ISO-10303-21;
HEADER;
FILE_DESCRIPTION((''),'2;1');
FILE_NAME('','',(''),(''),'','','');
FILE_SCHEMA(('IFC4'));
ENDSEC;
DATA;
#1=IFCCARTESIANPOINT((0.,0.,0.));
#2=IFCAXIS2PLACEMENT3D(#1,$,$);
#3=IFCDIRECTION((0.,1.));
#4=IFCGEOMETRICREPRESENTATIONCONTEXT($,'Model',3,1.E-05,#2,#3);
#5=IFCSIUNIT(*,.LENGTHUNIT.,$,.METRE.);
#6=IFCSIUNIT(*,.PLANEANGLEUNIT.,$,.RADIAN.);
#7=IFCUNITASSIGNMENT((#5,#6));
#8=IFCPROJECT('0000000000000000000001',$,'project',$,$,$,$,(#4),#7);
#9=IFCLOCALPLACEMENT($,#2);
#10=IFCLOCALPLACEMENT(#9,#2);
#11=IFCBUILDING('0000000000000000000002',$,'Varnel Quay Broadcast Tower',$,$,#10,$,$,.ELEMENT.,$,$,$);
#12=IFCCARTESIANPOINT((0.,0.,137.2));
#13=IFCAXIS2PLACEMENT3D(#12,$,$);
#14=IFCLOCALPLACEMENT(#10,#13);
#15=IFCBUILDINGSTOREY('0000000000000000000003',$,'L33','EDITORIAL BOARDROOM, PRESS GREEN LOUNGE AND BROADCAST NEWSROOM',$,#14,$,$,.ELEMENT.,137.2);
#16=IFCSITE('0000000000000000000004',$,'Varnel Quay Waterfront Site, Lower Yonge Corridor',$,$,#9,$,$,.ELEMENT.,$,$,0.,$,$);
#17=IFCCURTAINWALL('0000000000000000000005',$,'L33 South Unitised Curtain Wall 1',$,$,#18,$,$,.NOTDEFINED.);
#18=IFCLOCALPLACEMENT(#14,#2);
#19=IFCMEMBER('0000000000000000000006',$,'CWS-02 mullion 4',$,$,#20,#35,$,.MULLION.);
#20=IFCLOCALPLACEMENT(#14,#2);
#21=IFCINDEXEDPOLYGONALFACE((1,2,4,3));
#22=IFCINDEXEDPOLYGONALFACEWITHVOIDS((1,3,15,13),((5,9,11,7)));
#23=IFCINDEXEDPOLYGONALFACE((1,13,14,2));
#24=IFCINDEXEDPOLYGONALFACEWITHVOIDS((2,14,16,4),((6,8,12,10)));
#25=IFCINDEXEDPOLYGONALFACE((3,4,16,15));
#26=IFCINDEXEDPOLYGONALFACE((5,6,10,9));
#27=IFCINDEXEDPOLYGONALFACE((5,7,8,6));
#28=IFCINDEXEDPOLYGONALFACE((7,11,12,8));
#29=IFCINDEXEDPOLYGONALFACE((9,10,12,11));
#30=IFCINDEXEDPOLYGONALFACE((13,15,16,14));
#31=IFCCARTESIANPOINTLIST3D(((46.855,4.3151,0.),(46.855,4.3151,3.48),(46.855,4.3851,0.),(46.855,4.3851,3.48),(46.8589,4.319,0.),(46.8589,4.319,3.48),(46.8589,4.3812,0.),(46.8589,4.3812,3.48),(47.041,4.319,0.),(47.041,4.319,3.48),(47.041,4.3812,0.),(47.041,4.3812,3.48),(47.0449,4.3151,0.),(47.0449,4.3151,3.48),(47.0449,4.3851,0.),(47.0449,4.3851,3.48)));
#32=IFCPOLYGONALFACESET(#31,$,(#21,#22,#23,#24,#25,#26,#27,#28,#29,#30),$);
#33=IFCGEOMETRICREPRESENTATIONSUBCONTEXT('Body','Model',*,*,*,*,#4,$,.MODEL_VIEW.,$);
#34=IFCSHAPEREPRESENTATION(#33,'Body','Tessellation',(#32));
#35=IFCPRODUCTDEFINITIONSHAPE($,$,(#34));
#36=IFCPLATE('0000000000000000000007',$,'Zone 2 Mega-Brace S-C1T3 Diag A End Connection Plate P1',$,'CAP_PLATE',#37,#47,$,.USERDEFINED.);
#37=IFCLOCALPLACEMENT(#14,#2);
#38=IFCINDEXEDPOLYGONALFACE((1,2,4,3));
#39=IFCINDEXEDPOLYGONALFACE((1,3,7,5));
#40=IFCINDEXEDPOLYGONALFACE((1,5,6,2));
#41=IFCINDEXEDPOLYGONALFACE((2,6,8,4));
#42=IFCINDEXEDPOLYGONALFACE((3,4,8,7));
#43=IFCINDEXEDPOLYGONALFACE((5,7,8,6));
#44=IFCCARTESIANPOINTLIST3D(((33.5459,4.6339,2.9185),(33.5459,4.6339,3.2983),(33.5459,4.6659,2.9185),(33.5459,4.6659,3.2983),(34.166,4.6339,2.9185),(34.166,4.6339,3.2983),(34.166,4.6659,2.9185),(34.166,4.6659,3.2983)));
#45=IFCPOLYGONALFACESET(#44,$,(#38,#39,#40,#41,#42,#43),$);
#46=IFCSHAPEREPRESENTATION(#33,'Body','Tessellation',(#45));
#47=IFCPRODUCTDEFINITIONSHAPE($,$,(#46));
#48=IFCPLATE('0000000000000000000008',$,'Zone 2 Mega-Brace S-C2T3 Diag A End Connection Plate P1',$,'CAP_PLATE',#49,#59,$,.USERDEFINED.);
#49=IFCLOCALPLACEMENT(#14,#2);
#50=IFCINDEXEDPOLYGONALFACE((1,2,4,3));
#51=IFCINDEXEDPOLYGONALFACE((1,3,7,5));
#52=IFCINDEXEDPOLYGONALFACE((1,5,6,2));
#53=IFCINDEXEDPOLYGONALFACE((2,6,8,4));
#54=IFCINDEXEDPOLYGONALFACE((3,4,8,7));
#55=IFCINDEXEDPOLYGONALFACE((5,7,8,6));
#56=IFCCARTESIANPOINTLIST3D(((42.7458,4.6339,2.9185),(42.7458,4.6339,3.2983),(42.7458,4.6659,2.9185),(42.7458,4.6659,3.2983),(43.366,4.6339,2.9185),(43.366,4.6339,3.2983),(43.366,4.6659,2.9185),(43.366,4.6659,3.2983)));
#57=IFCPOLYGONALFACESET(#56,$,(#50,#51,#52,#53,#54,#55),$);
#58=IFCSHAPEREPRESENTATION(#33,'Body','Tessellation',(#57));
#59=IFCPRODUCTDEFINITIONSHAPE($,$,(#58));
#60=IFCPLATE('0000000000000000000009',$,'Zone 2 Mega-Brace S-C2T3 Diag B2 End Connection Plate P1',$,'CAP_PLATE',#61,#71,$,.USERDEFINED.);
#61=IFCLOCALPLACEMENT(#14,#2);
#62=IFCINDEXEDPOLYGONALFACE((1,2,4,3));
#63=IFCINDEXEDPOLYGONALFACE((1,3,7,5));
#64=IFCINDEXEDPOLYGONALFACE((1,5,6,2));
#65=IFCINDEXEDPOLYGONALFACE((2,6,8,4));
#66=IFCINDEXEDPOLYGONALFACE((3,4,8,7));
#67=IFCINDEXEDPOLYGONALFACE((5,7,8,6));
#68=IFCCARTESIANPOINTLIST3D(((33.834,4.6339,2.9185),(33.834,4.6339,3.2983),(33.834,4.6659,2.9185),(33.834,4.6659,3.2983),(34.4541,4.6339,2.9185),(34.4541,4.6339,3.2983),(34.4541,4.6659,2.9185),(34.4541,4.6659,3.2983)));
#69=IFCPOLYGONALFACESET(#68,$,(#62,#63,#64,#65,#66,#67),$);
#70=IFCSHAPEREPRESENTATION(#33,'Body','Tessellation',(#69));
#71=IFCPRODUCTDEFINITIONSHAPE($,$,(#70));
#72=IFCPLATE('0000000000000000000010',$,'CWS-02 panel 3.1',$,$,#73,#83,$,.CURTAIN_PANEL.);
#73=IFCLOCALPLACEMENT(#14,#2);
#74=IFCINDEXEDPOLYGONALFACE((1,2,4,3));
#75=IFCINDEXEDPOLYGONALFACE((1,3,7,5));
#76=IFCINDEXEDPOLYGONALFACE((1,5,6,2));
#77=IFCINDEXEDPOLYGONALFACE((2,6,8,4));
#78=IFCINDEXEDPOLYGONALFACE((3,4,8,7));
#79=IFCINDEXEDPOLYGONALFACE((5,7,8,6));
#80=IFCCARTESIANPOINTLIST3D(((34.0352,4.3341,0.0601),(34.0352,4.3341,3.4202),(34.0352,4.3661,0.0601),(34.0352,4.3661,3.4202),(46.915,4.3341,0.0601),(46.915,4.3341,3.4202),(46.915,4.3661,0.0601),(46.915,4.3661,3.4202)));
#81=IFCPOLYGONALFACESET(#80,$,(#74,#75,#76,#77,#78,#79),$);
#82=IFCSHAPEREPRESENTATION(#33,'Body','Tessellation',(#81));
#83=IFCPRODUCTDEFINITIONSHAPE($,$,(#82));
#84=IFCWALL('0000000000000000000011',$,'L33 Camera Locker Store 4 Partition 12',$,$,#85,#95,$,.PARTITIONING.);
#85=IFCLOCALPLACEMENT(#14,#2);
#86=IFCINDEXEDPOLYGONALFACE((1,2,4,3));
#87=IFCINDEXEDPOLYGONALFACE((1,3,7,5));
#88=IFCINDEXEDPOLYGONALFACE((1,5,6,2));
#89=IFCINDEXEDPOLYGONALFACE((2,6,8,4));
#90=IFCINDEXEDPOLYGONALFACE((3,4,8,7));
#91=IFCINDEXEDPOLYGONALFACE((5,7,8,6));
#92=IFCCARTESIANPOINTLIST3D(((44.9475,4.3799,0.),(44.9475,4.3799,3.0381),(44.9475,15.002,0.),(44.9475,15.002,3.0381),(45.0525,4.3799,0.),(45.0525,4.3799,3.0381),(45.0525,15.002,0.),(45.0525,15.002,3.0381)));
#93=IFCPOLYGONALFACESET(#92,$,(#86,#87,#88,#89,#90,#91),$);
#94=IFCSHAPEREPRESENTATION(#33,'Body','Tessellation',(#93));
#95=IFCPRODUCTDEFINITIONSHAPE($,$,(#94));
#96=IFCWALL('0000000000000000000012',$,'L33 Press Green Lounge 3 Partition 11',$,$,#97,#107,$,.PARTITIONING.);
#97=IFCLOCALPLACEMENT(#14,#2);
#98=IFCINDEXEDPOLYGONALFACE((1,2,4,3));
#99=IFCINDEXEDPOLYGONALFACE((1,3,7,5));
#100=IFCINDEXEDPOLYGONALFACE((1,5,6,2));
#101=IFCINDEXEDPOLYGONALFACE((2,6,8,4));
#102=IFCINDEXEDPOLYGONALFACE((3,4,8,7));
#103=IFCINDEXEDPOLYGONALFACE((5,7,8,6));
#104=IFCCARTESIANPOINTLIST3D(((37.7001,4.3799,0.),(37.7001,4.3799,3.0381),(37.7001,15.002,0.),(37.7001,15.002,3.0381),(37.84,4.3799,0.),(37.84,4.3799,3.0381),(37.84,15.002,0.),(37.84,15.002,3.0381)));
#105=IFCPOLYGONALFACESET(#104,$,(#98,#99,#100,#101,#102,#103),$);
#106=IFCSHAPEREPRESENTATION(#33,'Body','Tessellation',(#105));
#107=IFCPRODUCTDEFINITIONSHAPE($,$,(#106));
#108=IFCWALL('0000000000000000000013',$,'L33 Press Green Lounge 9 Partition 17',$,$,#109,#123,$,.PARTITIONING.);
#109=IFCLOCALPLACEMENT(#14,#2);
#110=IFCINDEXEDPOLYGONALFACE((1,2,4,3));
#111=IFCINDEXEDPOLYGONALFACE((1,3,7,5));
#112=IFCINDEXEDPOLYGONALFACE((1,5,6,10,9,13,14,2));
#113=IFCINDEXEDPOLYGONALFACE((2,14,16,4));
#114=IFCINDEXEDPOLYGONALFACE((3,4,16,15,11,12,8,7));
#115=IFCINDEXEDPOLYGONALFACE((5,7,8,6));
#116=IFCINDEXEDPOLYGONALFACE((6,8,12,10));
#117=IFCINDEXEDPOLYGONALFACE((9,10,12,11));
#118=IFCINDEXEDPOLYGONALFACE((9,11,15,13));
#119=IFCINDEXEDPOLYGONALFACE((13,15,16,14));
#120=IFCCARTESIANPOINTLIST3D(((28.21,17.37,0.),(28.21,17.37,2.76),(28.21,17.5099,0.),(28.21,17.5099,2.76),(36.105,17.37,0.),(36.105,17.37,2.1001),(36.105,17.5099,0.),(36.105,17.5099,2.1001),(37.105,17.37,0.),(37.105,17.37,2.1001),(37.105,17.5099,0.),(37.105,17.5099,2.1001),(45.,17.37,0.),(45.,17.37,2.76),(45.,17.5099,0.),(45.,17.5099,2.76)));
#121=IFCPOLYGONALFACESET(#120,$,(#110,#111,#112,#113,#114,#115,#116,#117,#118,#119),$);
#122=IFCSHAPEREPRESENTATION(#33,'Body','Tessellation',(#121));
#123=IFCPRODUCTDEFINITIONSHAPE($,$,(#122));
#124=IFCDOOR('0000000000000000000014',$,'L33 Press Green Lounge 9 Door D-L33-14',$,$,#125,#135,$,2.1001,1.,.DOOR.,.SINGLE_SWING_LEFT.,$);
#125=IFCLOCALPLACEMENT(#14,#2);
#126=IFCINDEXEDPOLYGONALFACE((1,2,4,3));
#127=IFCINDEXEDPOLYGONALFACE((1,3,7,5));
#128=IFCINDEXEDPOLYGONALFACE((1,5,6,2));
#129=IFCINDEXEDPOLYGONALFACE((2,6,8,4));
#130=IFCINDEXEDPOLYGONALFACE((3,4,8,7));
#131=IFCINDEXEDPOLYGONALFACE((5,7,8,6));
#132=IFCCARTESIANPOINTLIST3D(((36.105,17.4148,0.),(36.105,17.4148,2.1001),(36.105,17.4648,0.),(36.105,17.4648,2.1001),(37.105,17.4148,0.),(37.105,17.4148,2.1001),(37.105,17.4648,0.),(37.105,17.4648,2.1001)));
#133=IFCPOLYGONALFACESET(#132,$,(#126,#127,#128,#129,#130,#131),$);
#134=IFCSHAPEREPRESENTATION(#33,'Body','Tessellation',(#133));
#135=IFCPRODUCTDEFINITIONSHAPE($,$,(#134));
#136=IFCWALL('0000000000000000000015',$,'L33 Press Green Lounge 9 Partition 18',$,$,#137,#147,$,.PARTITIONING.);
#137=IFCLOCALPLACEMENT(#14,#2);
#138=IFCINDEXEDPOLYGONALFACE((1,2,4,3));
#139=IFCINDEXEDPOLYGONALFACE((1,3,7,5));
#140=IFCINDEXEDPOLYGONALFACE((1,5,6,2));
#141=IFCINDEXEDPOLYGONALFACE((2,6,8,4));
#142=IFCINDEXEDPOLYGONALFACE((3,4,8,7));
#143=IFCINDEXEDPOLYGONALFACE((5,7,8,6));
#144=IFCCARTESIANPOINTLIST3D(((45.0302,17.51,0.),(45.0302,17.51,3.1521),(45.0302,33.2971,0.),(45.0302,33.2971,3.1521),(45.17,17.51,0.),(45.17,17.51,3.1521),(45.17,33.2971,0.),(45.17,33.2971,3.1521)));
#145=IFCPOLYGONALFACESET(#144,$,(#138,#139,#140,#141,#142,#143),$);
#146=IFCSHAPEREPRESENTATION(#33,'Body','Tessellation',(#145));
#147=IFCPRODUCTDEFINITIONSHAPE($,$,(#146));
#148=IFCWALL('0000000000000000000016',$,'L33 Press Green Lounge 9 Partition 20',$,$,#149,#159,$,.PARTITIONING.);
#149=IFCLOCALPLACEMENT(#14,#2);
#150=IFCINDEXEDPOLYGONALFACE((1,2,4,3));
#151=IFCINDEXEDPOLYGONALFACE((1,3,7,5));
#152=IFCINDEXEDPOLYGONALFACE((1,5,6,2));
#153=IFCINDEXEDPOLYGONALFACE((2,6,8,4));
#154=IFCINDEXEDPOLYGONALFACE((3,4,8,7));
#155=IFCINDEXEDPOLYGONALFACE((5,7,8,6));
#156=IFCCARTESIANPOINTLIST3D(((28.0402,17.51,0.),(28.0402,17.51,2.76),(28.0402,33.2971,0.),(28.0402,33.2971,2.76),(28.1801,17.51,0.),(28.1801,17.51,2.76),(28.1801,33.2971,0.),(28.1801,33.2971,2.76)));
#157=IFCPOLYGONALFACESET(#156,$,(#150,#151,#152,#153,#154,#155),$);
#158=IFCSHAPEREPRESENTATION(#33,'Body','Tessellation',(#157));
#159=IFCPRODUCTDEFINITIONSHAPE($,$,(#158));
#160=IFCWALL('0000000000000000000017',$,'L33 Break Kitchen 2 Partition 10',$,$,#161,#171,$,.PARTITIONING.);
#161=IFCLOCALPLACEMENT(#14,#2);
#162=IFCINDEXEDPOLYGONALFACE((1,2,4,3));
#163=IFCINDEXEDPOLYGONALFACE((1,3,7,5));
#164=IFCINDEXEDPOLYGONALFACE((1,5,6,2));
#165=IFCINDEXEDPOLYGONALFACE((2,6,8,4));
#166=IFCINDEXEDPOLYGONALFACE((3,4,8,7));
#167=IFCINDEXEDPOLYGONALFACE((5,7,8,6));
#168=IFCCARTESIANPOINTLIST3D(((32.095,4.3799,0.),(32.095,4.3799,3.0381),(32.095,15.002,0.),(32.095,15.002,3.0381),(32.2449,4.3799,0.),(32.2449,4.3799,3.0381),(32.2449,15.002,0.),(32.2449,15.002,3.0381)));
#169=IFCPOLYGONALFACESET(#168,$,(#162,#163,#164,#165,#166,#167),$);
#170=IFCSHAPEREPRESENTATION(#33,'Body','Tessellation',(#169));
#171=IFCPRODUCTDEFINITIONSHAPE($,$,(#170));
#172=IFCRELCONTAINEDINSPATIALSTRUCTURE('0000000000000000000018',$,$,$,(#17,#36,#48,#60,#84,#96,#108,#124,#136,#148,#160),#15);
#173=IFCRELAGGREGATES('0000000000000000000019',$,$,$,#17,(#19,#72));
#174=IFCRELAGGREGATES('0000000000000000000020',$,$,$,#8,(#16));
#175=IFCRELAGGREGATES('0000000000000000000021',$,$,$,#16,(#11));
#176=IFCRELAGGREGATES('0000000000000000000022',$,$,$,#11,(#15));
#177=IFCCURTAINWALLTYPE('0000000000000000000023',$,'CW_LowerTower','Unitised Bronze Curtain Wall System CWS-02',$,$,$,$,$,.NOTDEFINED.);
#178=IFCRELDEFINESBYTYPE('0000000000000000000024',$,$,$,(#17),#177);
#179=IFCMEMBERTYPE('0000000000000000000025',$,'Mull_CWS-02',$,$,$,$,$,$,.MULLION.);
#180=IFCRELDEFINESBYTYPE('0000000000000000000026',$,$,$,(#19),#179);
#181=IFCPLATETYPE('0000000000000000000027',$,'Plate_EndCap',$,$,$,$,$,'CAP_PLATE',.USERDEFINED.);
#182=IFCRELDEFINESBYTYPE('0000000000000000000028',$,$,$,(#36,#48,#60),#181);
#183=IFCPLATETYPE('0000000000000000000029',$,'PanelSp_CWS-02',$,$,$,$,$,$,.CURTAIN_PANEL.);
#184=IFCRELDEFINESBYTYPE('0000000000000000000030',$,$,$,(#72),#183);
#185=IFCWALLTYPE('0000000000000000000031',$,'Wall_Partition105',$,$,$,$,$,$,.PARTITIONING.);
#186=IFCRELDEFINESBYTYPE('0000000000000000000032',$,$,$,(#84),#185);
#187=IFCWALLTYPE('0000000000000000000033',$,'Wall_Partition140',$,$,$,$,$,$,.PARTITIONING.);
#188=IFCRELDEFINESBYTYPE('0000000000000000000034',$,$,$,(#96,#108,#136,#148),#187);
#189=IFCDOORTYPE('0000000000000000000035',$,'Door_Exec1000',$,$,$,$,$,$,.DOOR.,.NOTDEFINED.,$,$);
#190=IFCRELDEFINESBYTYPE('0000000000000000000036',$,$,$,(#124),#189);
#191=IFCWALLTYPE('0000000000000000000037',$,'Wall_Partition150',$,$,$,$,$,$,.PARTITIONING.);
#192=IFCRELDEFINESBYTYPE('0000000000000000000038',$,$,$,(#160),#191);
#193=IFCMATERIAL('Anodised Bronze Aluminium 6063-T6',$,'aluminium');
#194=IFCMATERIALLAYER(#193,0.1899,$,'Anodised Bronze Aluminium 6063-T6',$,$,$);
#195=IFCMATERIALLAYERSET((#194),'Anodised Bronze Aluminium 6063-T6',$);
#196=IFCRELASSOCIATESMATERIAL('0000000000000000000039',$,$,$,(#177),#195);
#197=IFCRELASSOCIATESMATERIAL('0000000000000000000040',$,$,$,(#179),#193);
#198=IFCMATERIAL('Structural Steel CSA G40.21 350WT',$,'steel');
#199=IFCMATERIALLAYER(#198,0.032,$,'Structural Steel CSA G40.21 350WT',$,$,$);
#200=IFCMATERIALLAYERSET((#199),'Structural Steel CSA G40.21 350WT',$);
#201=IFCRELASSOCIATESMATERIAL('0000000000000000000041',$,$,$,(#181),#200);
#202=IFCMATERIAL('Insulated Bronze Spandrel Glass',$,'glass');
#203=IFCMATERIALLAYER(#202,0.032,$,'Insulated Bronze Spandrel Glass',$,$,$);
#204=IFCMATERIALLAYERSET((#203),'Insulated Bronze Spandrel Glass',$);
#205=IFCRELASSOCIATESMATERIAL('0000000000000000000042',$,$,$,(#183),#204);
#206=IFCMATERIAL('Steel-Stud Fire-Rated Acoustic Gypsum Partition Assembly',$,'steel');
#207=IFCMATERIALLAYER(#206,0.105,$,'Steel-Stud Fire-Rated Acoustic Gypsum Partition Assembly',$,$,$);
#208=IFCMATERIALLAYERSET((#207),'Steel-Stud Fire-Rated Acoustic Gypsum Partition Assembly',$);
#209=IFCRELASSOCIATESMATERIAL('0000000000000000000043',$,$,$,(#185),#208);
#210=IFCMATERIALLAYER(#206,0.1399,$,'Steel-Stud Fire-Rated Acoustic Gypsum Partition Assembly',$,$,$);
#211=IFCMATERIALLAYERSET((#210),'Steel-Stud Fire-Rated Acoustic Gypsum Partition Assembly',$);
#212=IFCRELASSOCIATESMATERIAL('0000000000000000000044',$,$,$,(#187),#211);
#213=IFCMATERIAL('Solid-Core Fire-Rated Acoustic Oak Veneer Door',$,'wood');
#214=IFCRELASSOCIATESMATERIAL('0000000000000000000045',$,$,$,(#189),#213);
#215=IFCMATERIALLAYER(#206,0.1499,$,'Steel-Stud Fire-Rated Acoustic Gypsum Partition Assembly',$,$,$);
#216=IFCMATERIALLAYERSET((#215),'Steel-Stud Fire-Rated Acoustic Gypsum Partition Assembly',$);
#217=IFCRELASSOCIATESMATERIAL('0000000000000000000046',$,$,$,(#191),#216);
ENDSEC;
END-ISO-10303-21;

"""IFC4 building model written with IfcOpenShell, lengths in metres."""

from ifc_helpers import new_model, si_unit, direction, frame, frame_2d, origin, origin_2d, place, context, subcontext, project, spatial, rectangle, hollow_rectangle, extrude, source, transform, mapped, material, layer, layer_set, material_profile, profile_set, type_object, type_shapes, element, fill, aggregate, save


model = new_model("IFC4")

# Units and contexts
model_context = context("Model", 3, precision=1e-05, world=origin(), true_north=direction((0.0, 1.0)))
body_context = subcontext(model_context, "Body", "Model", "MODEL_VIEW")
ifc_project = project(units=[si_unit("LENGTHUNIT", "METRE"), si_unit("PLANEANGLEUNIT", "RADIAN")], contexts=[model_context])

# Site, building, storey
site_placement = place(None, origin())
site = spatial("IfcSite", under=ifc_project, at=site_placement, Name="Varnel Quay Waterfront Site, Lower Yonge Corridor", CompositionType="ELEMENT", RefElevation=0.0)
building_placement = place(site_placement, origin())
building = spatial("IfcBuilding", under=site, at=building_placement, Name="Varnel Quay Broadcast Tower", CompositionType="ELEMENT")
storey_placement = place(building_placement, frame((0.0, 0.0, 137.2)))
storey = spatial("IfcBuildingStorey", under=building, at=storey_placement, Name="L33", Description="EDITORIAL BOARDROOM, PRESS GREEN LOUNGE AND BROADCAST NEWSROOM", CompositionType="ELEMENT", Elevation=137.2)

# Curtain wall, member
ifc_material_1 = material(Name="Anodised Bronze Aluminium 6063-T6", Category="aluminium")
ifc_layer_1 = layer(ifc_material_1, 0.1899, Name="Anodised Bronze Aluminium 6063-T6")
ifc_layer_set_1 = layer_set([ifc_layer_1], Name="Anodised Bronze Aluminium 6063-T6")
curtain_wall_type = type_object("IfcCurtainWallType", Name="CW_LowerTower", Description="Unitised Bronze Curtain Wall System CWS-02", PredefinedType="NOTDEFINED", material=ifc_layer_set_1)
curtain_wall_placement = place(storey_placement, origin())
curtain_wall = element("IfcCurtainWall", 1, at=curtain_wall_placement, inside=storey, type_object=curtain_wall_type, Name="L33 South Unitised Curtain Wall 1", PredefinedType="NOTDEFINED")
ifc_material_profile_1 = material_profile(ifc_material_1, hollow_rectangle(XDim=0.0701, YDim=0.1899, WallThickness=0.0039, at=origin_2d()), Name="ALU70X190X4")
ifc_profile_set_1 = profile_set([ifc_material_profile_1], Name="Anodised Bronze Aluminium 6063-T6")
member_type_1 = type_object("IfcMemberType", Name="Mull_CWS-02", PredefinedType="MULLION", material=ifc_profile_set_1)
shared_shape_1 = source(origin(), body_context, "Body", "SweptSolid", [
    extrude(hollow_rectangle(XDim=0.0701, YDim=0.1899, WallThickness=0.0039, at=origin_2d()), origin(), (0.0, 0.0, 1.0), 3.48),
])
type_shapes(member_type_1, [shared_shape_1])
member_1_placement = place(storey_placement, frame((46.95, 4.3501, 0.0), z_axis=(0.0, 0.0, 1.0), x_axis=(0.0, 1.0, 0.0)))
member_1 = element("IfcMember", 2, at=member_1_placement, type_object=member_type_1, Name="CWS-02 mullion 4", PredefinedType="MULLION", context=body_context, shape_type="MappedRepresentation", body=[
    mapped(shared_shape_1, transform((0.0, 0.0, 0.0), x_axis=(1.0, 0.0, 0.0), y_axis=(0.0, 1.0, 0.0), z_axis=(0.0, 0.0, 1.0), scale=1.0)),
])

# Plates
ifc_material_2 = material(Name="Structural Steel CSA G40.21 350WT", Category="steel")
ifc_layer_2 = layer(ifc_material_2, 0.032, Name="Structural Steel CSA G40.21 350WT")
ifc_layer_set_2 = layer_set([ifc_layer_2], Name="Structural Steel CSA G40.21 350WT")
plate_type_1 = type_object("IfcPlateType", Name="Plate_EndCap", ElementType="CAP_PLATE", PredefinedType="USERDEFINED", material=ifc_layer_set_2)
shared_shape_2 = source(origin(), body_context, "Body", "SweptSolid", [
    extrude(rectangle(XDim=0.6201, YDim=0.032, at=origin_2d()), origin(), (0.0, 0.0, 1.0), 0.3799),
])
type_shapes(plate_type_1, [shared_shape_2])
for number, where, z_axis, x_axis, name in (
    (3, (33.856, 4.6499, 2.9185), (0.0, 0.0, 1.0), (1.0, 0.0, 0.0), "Zone 2 Mega-Brace S-C1T3 Diag A End Connection Plate P1"),
    (4, (43.0559, 4.6499, 2.9185), (0.0, 0.0, 1.0), (1.0, 0.0, 0.0), "Zone 2 Mega-Brace S-C2T3 Diag A End Connection Plate P1"),
    (5, (34.144, 4.6499, 2.9185), (0.0, 0.0, 1.0), (1.0, 0.0, 0.0), "Zone 2 Mega-Brace S-C2T3 Diag B2 End Connection Plate P1"),
):
    element("IfcPlate", number, at=place(storey_placement, frame(where, z_axis=z_axis, x_axis=x_axis)), inside=storey, type_object=plate_type_1, Name=name, ObjectType="CAP_PLATE", PredefinedType="USERDEFINED", context=body_context, shape_type="MappedRepresentation", body=[
        mapped(shared_shape_2, transform((0.0, 0.0, 0.0), x_axis=(1.0, 0.0, 0.0), y_axis=(0.0, 1.0, 0.0), z_axis=(0.0, 0.0, 1.0), scale=1.0)),
    ])

# Plate
ifc_material_3 = material(Name="Insulated Bronze Spandrel Glass", Category="glass")
ifc_layer_3 = layer(ifc_material_3, 0.032, Name="Insulated Bronze Spandrel Glass")
ifc_layer_set_3 = layer_set([ifc_layer_3], Name="Insulated Bronze Spandrel Glass")
plate_type_2 = type_object("IfcPlateType", Name="PanelSp_CWS-02", PredefinedType="CURTAIN_PANEL", material=ifc_layer_set_3)
shared_shape_3 = source(origin(), body_context, "Body", "SweptSolid", [
    extrude(rectangle(XDim=12.8799, YDim=0.032, at=origin_2d()), origin(), (0.0, 0.0, 1.0), 3.3601),
])
type_shapes(plate_type_2, [shared_shape_3])
plate_placement = place(storey_placement, frame((40.4751, 4.3501, 0.0601), z_axis=(0.0, 0.0, 1.0), x_axis=(1.0, 0.0, 0.0)))
plate = element("IfcPlate", 6, at=plate_placement, type_object=plate_type_2, Name="CWS-02 panel 3.1", PredefinedType="CURTAIN_PANEL", context=body_context, shape_type="MappedRepresentation", body=[
    mapped(shared_shape_3, transform((0.0, 0.0, 0.0), x_axis=(1.0, 0.0, 0.0), y_axis=(0.0, 1.0, 0.0), z_axis=(0.0, 0.0, 1.0), scale=1.0)),
])
aggregate(curtain_wall, [member_1, plate])

# Walls
ifc_material_4 = material(Name="Steel-Stud Fire-Rated Acoustic Gypsum Partition Assembly", Category="steel")
ifc_layer_4 = layer(ifc_material_4, 0.105, Name="Steel-Stud Fire-Rated Acoustic Gypsum Partition Assembly")
ifc_layer_set_4 = layer_set([ifc_layer_4], Name="Steel-Stud Fire-Rated Acoustic Gypsum Partition Assembly")
wall_type_1 = type_object("IfcWallType", Name="Wall_Partition105", PredefinedType="PARTITIONING", material=ifc_layer_set_4)
wall_1_placement = place(storey_placement, frame((45.0, 4.3799, 0.0), z_axis=(0.0, 0.0, 1.0), x_axis=(0.0, 1.0, 0.0)))
element("IfcWall", 7, at=wall_1_placement, inside=storey, type_object=wall_type_1, Name="L33 Camera Locker Store 4 Partition 12", PredefinedType="PARTITIONING", context=body_context, shape_type="SweptSolid", body=[
    extrude(rectangle(XDim=10.6221, YDim=0.105, at=frame_2d((5.311, 0.0))), origin(), (0.0, 0.0, 1.0), 3.0381),
])
ifc_layer_5 = layer(ifc_material_4, 0.1399, Name="Steel-Stud Fire-Rated Acoustic Gypsum Partition Assembly")
ifc_layer_set_5 = layer_set([ifc_layer_5], Name="Steel-Stud Fire-Rated Acoustic Gypsum Partition Assembly")
wall_type_2 = type_object("IfcWallType", Name="Wall_Partition140", PredefinedType="PARTITIONING", material=ifc_layer_set_5)
wall_2_placement = place(storey_placement, frame((37.77, 4.3799, 0.0), z_axis=(0.0, 0.0, 1.0), x_axis=(0.0, 1.0, 0.0)))
element("IfcWall", 8, at=wall_2_placement, inside=storey, type_object=wall_type_2, Name="L33 Press Green Lounge 3 Partition 11", PredefinedType="PARTITIONING", context=body_context, shape_type="SweptSolid", body=[
    extrude(rectangle(XDim=10.6221, YDim=0.1399, at=frame_2d((5.311, 0.0))), origin(), (0.0, 0.0, 1.0), 3.0381),
])

# Wall, opening, door
wall_3_placement = place(storey_placement, frame((28.21, 17.4399, 0.0), z_axis=(0.0, 0.0, 1.0), x_axis=(1.0, 0.0, 0.0)))
wall_3 = element("IfcWall", 9, at=wall_3_placement, inside=storey, type_object=wall_type_2, Name="L33 Press Green Lounge 9 Partition 17", PredefinedType="PARTITIONING", context=body_context, shape_type="SweptSolid", body=[
    extrude(rectangle(XDim=16.79, YDim=0.1399, at=frame_2d((8.395, 0.0))), origin(), (0.0, 0.0, 1.0), 2.76),
])
opening_placement = place(wall_3_placement, frame((7.895, 0.0, 0.0)))
opening = element("IfcOpeningElement", 10, at=opening_placement, cuts=wall_3, PredefinedType="OPENING", context=body_context, shape_type="SweptSolid", body=[
    extrude(rectangle(XDim=1.0, YDim=2.1001, at=frame_2d((0.5, 1.05))), frame((0.0, 0.0801, 0.0), z_axis=(0.0, -1.0, 0.0), x_axis=(1.0, 0.0, 0.0)), (0.0, 0.0, 1.0), 0.1599),
])
ifc_material_5 = material(Name="Solid-Core Fire-Rated Acoustic Oak Veneer Door", Category="wood")
door_type = type_object("IfcDoorType", Name="Door_Exec1000", OperationType="NOTDEFINED", PredefinedType="DOOR", material=ifc_material_5)
shared_shape_4 = source(origin(), body_context, "Body", "SweptSolid", [
    extrude(rectangle(XDim=1.0, YDim=2.1001, at=frame_2d((0.5, 1.05))), frame((0.0, 0.0249, 0.0), z_axis=(0.0, -1.0, 0.0), x_axis=(1.0, 0.0, 0.0)), (0.0, 0.0, 1.0), 0.05),
])
type_shapes(door_type, [shared_shape_4])
door_placement = place(opening_placement, origin())
door = element("IfcDoor", 11, at=door_placement, inside=storey, type_object=door_type, Name="L33 Press Green Lounge 9 Door D-L33-14", OperationType="SINGLE_SWING_LEFT", OverallHeight=2.1001, OverallWidth=1.0, PredefinedType="DOOR", context=body_context, shape_type="MappedRepresentation", body=[
    mapped(shared_shape_4, transform((0.0, 0.0, 0.0), x_axis=(1.0, 0.0, 0.0), y_axis=(0.0, 1.0, 0.0), z_axis=(0.0, 0.0, 1.0), scale=1.0)),
])
fill(opening, door)

# Walls
wall_4_placement = place(storey_placement, frame((45.1001, 17.51, 0.0), z_axis=(0.0, 0.0, 1.0), x_axis=(0.0, 1.0, 0.0)))
element("IfcWall", 12, at=wall_4_placement, inside=storey, type_object=wall_type_2, Name="L33 Press Green Lounge 9 Partition 18", PredefinedType="PARTITIONING", context=body_context, shape_type="SweptSolid", body=[
    extrude(rectangle(XDim=15.7871, YDim=0.1399, at=frame_2d((7.8936, 0.0))), origin(), (0.0, 0.0, 1.0), 3.1521),
])
wall_5_placement = place(storey_placement, frame((28.1101, 17.51, 0.0), z_axis=(0.0, 0.0, 1.0), x_axis=(0.0, 1.0, 0.0)))
element("IfcWall", 13, at=wall_5_placement, inside=storey, type_object=wall_type_2, Name="L33 Press Green Lounge 9 Partition 20", PredefinedType="PARTITIONING", context=body_context, shape_type="SweptSolid", body=[
    extrude(rectangle(XDim=15.7871, YDim=0.1399, at=frame_2d((7.8936, 0.0))), origin(), (0.0, 0.0, 1.0), 2.76),
])
ifc_layer_6 = layer(ifc_material_4, 0.1499, Name="Steel-Stud Fire-Rated Acoustic Gypsum Partition Assembly")
ifc_layer_set_6 = layer_set([ifc_layer_6], Name="Steel-Stud Fire-Rated Acoustic Gypsum Partition Assembly")
wall_type_3 = type_object("IfcWallType", Name="Wall_Partition150", PredefinedType="PARTITIONING", material=ifc_layer_set_6)
wall_6_placement = place(storey_placement, frame((32.1699, 4.3799, 0.0), z_axis=(0.0, 0.0, 1.0), x_axis=(0.0, 1.0, 0.0)))
element("IfcWall", 14, at=wall_6_placement, inside=storey, type_object=wall_type_3, Name="L33 Break Kitchen 2 Partition 10", PredefinedType="PARTITIONING", context=body_context, shape_type="SweptSolid", body=[
    extrude(rectangle(XDim=10.6221, YDim=0.1499, at=frame_2d((5.311, 0.0))), origin(), (0.0, 0.0, 1.0), 3.0381),
])

save(model, "model.ifc")
